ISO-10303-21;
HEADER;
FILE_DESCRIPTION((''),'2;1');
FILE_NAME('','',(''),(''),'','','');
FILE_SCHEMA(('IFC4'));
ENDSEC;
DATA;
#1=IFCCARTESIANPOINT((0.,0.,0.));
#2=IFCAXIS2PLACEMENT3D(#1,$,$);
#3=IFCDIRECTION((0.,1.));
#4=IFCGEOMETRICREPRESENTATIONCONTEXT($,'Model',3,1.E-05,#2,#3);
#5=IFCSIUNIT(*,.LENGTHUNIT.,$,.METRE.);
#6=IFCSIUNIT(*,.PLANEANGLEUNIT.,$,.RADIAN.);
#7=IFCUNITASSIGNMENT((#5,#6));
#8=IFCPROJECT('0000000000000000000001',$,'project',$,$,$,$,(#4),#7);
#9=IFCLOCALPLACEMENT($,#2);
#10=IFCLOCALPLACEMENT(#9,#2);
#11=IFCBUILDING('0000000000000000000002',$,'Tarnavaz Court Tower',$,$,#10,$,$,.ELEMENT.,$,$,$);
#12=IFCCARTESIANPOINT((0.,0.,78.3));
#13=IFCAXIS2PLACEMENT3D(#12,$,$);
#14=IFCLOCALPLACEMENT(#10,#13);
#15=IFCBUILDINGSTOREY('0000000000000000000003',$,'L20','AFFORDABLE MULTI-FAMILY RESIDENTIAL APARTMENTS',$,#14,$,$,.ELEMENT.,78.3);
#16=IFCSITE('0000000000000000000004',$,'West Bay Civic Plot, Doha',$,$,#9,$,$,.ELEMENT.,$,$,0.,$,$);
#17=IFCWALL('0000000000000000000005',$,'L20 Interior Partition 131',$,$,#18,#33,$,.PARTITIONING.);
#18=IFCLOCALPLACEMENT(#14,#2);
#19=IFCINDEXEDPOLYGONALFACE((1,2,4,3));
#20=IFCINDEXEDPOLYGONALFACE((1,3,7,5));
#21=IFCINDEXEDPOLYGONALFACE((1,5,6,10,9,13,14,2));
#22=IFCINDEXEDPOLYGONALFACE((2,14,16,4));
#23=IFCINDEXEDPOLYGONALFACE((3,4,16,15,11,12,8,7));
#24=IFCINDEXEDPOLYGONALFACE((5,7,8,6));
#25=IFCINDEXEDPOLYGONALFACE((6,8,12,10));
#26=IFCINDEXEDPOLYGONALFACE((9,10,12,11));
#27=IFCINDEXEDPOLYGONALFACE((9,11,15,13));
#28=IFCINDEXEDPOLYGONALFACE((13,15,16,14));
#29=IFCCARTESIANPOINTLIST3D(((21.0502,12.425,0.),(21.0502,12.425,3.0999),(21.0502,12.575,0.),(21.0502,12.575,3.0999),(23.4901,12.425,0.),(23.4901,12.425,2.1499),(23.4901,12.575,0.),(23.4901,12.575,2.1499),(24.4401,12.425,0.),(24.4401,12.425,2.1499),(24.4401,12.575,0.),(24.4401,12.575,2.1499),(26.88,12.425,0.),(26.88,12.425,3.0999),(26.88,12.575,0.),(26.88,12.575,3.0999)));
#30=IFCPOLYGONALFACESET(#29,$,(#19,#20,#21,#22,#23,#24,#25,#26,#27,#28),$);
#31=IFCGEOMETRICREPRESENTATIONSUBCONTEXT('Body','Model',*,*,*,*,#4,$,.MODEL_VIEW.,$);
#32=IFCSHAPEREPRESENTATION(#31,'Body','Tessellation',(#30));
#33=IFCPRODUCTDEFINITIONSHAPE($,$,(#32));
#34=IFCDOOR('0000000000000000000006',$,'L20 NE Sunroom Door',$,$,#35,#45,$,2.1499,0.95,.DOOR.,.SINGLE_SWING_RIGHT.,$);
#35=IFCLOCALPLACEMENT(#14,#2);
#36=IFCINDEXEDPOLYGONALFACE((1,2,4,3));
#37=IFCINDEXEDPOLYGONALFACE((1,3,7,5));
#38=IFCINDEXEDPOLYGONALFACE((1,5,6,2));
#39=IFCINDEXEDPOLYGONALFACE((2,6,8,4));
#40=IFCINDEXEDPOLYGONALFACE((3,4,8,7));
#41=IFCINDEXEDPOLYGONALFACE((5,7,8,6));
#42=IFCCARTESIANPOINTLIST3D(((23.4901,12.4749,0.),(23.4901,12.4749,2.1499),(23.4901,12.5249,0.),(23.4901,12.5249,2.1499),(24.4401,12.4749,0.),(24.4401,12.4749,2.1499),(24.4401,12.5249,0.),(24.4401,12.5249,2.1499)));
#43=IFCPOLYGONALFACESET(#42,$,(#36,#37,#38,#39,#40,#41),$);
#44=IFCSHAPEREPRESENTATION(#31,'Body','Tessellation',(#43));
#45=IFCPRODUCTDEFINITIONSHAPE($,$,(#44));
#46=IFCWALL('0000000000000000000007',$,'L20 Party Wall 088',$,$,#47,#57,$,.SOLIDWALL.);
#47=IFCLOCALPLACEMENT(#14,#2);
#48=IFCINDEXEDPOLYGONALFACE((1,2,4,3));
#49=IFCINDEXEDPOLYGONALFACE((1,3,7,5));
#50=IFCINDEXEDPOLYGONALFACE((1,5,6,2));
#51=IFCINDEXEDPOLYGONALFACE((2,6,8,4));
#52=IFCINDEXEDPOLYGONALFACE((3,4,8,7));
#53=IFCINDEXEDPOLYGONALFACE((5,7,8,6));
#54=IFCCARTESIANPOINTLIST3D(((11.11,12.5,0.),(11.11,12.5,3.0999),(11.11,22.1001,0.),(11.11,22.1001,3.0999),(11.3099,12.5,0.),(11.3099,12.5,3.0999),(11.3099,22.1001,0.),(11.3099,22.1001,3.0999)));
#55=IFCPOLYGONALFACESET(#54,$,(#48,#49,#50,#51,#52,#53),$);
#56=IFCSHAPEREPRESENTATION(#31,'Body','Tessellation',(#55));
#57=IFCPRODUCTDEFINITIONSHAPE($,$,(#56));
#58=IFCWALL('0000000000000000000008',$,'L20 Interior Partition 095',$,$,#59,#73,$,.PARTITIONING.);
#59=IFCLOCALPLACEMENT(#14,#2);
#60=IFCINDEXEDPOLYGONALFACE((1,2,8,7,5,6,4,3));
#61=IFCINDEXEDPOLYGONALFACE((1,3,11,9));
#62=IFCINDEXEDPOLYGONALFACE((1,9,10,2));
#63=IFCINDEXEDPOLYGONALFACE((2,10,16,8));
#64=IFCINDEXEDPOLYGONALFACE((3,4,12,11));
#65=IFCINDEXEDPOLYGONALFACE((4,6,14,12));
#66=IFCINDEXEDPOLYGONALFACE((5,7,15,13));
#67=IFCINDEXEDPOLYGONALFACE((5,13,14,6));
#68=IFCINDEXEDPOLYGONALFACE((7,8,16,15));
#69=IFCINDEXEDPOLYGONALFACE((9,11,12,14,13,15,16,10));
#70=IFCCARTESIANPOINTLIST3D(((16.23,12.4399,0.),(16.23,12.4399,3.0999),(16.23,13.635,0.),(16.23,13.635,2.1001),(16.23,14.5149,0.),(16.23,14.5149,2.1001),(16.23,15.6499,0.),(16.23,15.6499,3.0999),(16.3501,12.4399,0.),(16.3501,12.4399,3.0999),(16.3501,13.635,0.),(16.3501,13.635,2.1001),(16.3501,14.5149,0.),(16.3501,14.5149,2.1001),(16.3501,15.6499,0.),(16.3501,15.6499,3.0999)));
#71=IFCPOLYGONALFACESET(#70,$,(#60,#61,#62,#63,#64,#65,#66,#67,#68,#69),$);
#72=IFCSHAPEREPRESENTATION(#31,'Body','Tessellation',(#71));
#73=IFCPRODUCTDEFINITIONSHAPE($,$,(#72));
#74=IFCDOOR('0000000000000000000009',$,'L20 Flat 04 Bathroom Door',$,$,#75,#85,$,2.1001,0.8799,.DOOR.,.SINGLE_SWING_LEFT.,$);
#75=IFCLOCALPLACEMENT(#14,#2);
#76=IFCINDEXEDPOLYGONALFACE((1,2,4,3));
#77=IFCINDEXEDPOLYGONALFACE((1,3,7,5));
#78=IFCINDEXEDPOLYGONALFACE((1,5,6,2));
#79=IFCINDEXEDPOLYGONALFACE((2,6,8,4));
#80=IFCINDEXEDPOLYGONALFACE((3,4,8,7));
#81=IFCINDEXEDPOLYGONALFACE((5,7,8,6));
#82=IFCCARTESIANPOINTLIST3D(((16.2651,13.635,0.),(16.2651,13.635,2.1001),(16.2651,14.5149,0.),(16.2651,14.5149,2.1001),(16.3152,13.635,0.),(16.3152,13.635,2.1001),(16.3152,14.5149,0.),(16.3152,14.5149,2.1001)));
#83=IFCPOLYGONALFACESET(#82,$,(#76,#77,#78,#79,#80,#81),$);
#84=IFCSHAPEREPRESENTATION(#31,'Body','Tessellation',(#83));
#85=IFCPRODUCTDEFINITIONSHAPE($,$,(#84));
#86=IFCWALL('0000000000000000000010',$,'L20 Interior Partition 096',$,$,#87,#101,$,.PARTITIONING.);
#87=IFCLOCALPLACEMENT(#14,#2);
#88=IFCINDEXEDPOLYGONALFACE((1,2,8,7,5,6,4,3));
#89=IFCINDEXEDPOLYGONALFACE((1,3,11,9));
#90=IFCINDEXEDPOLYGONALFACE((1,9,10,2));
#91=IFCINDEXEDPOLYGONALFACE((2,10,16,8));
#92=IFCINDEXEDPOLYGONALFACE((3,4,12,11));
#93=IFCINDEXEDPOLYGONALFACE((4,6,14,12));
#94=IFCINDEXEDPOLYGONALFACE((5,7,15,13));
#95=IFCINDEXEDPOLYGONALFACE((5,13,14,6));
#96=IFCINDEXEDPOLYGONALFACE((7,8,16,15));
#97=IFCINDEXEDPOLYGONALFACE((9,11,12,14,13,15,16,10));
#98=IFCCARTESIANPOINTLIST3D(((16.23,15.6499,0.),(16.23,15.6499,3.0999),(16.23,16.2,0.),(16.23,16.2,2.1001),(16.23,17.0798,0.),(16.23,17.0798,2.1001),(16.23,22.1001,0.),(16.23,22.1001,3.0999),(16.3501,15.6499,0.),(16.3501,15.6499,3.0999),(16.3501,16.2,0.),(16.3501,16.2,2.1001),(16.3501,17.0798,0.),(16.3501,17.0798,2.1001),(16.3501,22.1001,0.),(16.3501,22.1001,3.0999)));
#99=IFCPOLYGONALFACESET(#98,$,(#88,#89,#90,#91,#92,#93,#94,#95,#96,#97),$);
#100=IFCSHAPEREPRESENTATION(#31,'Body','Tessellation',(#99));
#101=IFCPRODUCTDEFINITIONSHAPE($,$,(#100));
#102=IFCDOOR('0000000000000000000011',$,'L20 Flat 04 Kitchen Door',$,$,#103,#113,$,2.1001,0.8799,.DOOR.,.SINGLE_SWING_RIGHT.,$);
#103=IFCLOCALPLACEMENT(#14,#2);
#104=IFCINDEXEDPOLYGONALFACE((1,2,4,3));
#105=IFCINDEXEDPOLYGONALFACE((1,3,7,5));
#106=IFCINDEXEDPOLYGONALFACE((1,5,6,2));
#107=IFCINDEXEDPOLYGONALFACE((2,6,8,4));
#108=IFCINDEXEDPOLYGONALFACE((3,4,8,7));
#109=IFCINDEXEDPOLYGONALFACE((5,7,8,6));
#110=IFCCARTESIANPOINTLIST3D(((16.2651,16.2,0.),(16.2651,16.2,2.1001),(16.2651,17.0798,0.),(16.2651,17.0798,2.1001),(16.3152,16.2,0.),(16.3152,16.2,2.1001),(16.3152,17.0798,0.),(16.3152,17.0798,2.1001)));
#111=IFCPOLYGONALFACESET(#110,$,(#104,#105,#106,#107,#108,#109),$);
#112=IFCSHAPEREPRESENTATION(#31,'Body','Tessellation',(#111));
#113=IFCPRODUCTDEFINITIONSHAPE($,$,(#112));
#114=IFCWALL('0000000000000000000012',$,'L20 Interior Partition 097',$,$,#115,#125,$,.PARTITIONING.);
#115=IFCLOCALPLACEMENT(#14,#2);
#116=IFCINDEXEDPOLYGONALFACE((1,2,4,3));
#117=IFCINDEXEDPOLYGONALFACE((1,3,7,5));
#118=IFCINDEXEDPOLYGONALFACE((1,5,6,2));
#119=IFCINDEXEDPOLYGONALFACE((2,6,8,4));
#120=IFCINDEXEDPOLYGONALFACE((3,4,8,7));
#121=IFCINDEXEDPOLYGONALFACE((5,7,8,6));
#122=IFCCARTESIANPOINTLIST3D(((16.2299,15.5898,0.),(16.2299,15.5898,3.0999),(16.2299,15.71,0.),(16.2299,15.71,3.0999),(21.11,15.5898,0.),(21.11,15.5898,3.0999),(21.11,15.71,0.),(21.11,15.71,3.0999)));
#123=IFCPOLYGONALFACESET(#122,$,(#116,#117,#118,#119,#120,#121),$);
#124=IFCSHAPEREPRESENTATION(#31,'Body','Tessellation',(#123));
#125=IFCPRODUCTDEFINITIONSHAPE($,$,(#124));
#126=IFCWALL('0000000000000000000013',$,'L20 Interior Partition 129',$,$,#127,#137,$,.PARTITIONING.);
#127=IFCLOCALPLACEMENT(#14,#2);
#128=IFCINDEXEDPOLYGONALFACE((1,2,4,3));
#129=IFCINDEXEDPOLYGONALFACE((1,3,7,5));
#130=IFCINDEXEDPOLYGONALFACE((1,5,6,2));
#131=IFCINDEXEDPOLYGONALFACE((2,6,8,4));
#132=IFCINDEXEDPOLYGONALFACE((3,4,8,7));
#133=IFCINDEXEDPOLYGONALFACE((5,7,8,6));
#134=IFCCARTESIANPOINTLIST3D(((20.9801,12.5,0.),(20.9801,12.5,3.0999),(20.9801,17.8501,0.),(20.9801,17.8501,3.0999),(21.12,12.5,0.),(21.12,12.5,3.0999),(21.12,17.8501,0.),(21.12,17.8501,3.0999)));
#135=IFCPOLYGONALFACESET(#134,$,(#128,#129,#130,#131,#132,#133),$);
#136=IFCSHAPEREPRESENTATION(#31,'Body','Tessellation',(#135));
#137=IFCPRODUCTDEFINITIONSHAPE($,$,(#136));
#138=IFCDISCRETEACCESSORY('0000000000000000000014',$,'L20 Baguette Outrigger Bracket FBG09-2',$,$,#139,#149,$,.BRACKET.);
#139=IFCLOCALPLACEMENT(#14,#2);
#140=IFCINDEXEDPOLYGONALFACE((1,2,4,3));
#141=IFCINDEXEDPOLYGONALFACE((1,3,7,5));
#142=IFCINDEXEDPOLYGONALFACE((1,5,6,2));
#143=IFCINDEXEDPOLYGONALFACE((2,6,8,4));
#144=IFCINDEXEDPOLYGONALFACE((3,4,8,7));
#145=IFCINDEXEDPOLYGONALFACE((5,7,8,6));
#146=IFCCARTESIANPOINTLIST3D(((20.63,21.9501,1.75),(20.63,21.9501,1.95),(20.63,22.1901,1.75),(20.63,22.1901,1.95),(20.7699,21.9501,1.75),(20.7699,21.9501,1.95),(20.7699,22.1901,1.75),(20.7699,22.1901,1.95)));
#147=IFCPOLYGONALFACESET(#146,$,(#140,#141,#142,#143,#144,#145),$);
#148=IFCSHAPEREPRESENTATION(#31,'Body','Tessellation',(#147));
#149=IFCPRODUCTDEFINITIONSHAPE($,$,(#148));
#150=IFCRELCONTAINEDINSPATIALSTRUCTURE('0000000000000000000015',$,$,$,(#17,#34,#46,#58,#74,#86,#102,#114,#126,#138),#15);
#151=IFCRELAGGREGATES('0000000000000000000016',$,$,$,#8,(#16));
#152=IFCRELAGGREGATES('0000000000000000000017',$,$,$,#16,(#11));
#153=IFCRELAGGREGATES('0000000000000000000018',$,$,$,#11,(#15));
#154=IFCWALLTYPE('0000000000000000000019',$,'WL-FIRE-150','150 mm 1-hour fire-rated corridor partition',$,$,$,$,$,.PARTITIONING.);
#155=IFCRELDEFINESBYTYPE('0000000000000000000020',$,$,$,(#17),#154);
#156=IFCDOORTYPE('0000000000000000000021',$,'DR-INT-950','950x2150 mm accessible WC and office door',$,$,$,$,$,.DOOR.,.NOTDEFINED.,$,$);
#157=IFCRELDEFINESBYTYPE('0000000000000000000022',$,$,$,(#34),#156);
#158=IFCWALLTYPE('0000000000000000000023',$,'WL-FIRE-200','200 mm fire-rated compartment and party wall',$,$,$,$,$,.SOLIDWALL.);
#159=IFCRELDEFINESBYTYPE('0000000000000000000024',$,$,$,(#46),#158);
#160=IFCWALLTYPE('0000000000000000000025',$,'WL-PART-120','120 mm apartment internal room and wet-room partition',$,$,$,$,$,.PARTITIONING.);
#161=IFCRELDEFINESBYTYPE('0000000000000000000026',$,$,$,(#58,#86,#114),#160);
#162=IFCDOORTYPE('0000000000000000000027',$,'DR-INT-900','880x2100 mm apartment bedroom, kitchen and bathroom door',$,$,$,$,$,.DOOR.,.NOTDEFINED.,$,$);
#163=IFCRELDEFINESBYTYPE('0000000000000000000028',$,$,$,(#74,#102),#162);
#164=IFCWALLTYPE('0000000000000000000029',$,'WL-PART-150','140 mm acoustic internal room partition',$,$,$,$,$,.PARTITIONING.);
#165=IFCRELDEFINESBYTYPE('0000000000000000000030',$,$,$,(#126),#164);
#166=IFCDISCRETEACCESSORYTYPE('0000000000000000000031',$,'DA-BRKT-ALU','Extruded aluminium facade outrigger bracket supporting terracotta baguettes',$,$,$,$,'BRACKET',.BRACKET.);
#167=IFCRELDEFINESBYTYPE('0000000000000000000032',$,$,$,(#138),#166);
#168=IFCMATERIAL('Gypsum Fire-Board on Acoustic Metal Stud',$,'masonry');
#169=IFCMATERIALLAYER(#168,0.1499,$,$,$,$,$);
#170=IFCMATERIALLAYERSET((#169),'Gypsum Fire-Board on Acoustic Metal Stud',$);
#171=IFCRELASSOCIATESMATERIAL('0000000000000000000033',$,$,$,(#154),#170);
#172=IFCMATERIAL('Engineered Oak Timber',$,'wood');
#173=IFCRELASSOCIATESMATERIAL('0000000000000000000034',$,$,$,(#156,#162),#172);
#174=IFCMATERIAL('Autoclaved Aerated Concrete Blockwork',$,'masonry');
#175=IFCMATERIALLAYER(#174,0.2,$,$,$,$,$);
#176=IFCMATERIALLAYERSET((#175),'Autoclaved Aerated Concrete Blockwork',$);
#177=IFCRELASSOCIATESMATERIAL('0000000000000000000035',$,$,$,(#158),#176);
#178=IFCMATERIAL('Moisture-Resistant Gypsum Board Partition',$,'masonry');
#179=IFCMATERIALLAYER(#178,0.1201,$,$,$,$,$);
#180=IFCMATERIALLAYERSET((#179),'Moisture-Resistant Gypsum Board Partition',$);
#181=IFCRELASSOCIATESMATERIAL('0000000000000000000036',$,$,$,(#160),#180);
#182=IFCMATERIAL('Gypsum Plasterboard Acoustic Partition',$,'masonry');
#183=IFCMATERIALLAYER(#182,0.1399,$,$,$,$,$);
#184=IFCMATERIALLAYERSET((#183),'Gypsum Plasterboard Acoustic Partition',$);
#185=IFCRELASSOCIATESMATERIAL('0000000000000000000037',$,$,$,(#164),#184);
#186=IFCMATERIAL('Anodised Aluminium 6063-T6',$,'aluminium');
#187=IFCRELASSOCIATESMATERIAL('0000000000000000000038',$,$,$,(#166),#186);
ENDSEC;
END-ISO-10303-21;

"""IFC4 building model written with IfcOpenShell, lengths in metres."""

from ifc_helpers import new_model, si_unit, direction, frame, frame_2d, origin, origin_2d, place, context, subcontext, project, spatial, rectangle, extrude, material, layer, layer_set, type_object, element, fill, save


model = new_model("IFC4")

# Units and contexts
model_context = context("Model", 3, precision=1e-05, world=origin(), true_north=direction((0.0, 1.0)))
body_context = subcontext(model_context, "Body", "Model", "MODEL_VIEW")
ifc_project = project(units=[si_unit("LENGTHUNIT", "METRE"), si_unit("PLANEANGLEUNIT", "RADIAN")], contexts=[model_context])

# Site, building, storey
site_placement = place(None, origin())
site = spatial("IfcSite", under=ifc_project, at=site_placement, Name="West Bay Civic Plot, Doha", CompositionType="ELEMENT", RefElevation=0.0)
building_placement = place(site_placement, origin())
building = spatial("IfcBuilding", under=site, at=building_placement, Name="Tarnavaz Court Tower", CompositionType="ELEMENT")
storey_placement = place(building_placement, frame((0.0, 0.0, 78.3)))
storey = spatial("IfcBuildingStorey", under=building, at=storey_placement, Name="L20", Description="AFFORDABLE MULTI-FAMILY RESIDENTIAL APARTMENTS", CompositionType="ELEMENT", Elevation=78.3)

# Shared definitions
ifc_material_1 = material(Name="Gypsum Fire-Board on Acoustic Metal Stud", Category="masonry")
ifc_layer_1 = layer(ifc_material_1, 0.1499)
ifc_layer_set_1 = layer_set([ifc_layer_1], Name="Gypsum Fire-Board on Acoustic Metal Stud")
wall_type_1 = type_object("IfcWallType", Name="WL-FIRE-150", Description="150 mm 1-hour fire-rated corridor partition", PredefinedType="PARTITIONING", material=ifc_layer_set_1)

# Wall, opening, door
wall_1_placement = place(storey_placement, frame((21.05, 12.5, 0.0), z_axis=(0.0, 0.0, 1.0), x_axis=(1.0, 0.0, 0.0)))
wall_1 = element("IfcWall", 1, at=wall_1_placement, inside=storey, type_object=wall_type_1, Name="L20 Interior Partition 131", PredefinedType="PARTITIONING", context=body_context, shape_type="SweptSolid", body=[
    extrude(rectangle(XDim=5.8298, YDim=0.1499, at=frame_2d((2.915, 0.0))), origin(), (0.0, 0.0, 1.0), 3.0999),
])
opening_1_placement = place(wall_1_placement, frame((2.4399, 0.0, 0.0)))
opening_1 = element("IfcOpeningElement", 2, at=opening_1_placement, cuts=wall_1, PredefinedType="OPENING", context=body_context, shape_type="SweptSolid", body=[
    extrude(rectangle(XDim=0.95, YDim=2.1499, at=frame_2d((0.4751, 1.075))), frame((0.0, 0.085, 0.0), z_axis=(0.0, -1.0, 0.0), x_axis=(1.0, 0.0, 0.0)), (0.0, 0.0, 1.0), 0.1699),
])
ifc_material_2 = material(Name="Engineered Oak Timber", Category="wood")
door_type_1 = type_object("IfcDoorType", Name="DR-INT-950", Description="950x2150 mm accessible WC and office door", OperationType="NOTDEFINED", PredefinedType="DOOR", material=ifc_material_2)
door_1_placement = place(opening_1_placement, origin())
door_1 = element("IfcDoor", 3, at=door_1_placement, inside=storey, type_object=door_type_1, Name="L20 NE Sunroom Door", OperationType="SINGLE_SWING_RIGHT", OverallHeight=2.1499, OverallWidth=0.95, PredefinedType="DOOR", context=body_context, shape_type="SweptSolid", body=[
    extrude(rectangle(XDim=0.95, YDim=2.1499, at=frame_2d((0.4751, 1.075))), frame((0.0, 0.0249, 0.0), z_axis=(0.0, -1.0, 0.0), x_axis=(1.0, 0.0, 0.0)), (0.0, 0.0, 1.0), 0.05),
])
fill(opening_1, door_1)

# Wall
ifc_material_3 = material(Name="Autoclaved Aerated Concrete Blockwork", Category="masonry")
ifc_layer_2 = layer(ifc_material_3, 0.2)
ifc_layer_set_2 = layer_set([ifc_layer_2], Name="Autoclaved Aerated Concrete Blockwork")
wall_type_2 = type_object("IfcWallType", Name="WL-FIRE-200", Description="200 mm fire-rated compartment and party wall", PredefinedType="SOLIDWALL", material=ifc_layer_set_2)
wall_2_placement = place(storey_placement, frame((11.21, 12.5, 0.0), z_axis=(0.0, 0.0, 1.0), x_axis=(0.0, 1.0, 0.0)))
element("IfcWall", 4, at=wall_2_placement, inside=storey, type_object=wall_type_2, Name="L20 Party Wall 088", PredefinedType="SOLIDWALL", context=body_context, shape_type="SweptSolid", body=[
    extrude(rectangle(XDim=9.6001, YDim=0.2, at=frame_2d((4.8, 0.0))), origin(), (0.0, 0.0, 1.0), 3.0999),
])

# Walls, openings, doors
ifc_material_4 = material(Name="Moisture-Resistant Gypsum Board Partition", Category="masonry")
ifc_layer_3 = layer(ifc_material_4, 0.1201)
ifc_layer_set_3 = layer_set([ifc_layer_3], Name="Moisture-Resistant Gypsum Board Partition")
wall_type_3 = type_object("IfcWallType", Name="WL-PART-120", Description="120 mm apartment internal room and wet-room partition", PredefinedType="PARTITIONING", material=ifc_layer_set_3)
wall_3_placement = place(storey_placement, frame((16.29, 12.4399, 0.0), z_axis=(0.0, 0.0, 1.0), x_axis=(0.0, 1.0, 0.0)))
wall_3 = element("IfcWall", 5, at=wall_3_placement, inside=storey, type_object=wall_type_3, Name="L20 Interior Partition 095", PredefinedType="PARTITIONING", context=body_context, shape_type="SweptSolid", body=[
    extrude(rectangle(XDim=3.21, YDim=0.1201, at=frame_2d((1.605, 0.0))), origin(), (0.0, 0.0, 1.0), 3.0999),
])
opening_2_placement = place(wall_3_placement, frame((1.1951, 0.0, 0.0)))
opening_2 = element("IfcOpeningElement", 6, at=opening_2_placement, cuts=wall_3, PredefinedType="OPENING", context=body_context, shape_type="SweptSolid", body=[
    extrude(rectangle(XDim=0.8799, YDim=2.1001, at=frame_2d((0.4399, 1.05))), frame((0.0, 0.0701, 0.0), z_axis=(0.0, -1.0, 0.0), x_axis=(1.0, 0.0, 0.0)), (0.0, 0.0, 1.0), 0.1401),
])
door_type_2 = type_object("IfcDoorType", Name="DR-INT-900", Description="880x2100 mm apartment bedroom, kitchen and bathroom door", OperationType="NOTDEFINED", PredefinedType="DOOR", material=ifc_material_2)
door_2_placement = place(opening_2_placement, origin())
door_2 = element("IfcDoor", 7, at=door_2_placement, inside=storey, type_object=door_type_2, Name="L20 Flat 04 Bathroom Door", OperationType="SINGLE_SWING_LEFT", OverallHeight=2.1001, OverallWidth=0.8799, PredefinedType="DOOR", context=body_context, shape_type="SweptSolid", body=[
    extrude(rectangle(XDim=0.8799, YDim=2.1001, at=frame_2d((0.4399, 1.05))), frame((0.0, 0.0249, 0.0), z_axis=(0.0, -1.0, 0.0), x_axis=(1.0, 0.0, 0.0)), (0.0, 0.0, 1.0), 0.05),
])
fill(opening_2, door_2)
wall_4_placement = place(storey_placement, frame((16.29, 15.6499, 0.0), z_axis=(0.0, 0.0, 1.0), x_axis=(0.0, 1.0, 0.0)))
wall_4 = element("IfcWall", 8, at=wall_4_placement, inside=storey, type_object=wall_type_3, Name="L20 Interior Partition 096", PredefinedType="PARTITIONING", context=body_context, shape_type="SweptSolid", body=[
    extrude(rectangle(XDim=6.4502, YDim=0.1201, at=frame_2d((3.2251, 0.0))), origin(), (0.0, 0.0, 1.0), 3.0999),
])
opening_3_placement = place(wall_4_placement, frame((0.55, 0.0, 0.0)))
opening_3 = element("IfcOpeningElement", 9, at=opening_3_placement, cuts=wall_4, PredefinedType="OPENING", context=body_context, shape_type="SweptSolid", body=[
    extrude(rectangle(XDim=0.8799, YDim=2.1001, at=frame_2d((0.4399, 1.05))), frame((0.0, 0.0701, 0.0), z_axis=(0.0, -1.0, 0.0), x_axis=(1.0, 0.0, 0.0)), (0.0, 0.0, 1.0), 0.1401),
])
door_3_placement = place(opening_3_placement, origin())
door_3 = element("IfcDoor", 10, at=door_3_placement, inside=storey, type_object=door_type_2, Name="L20 Flat 04 Kitchen Door", OperationType="SINGLE_SWING_RIGHT", OverallHeight=2.1001, OverallWidth=0.8799, PredefinedType="DOOR", context=body_context, shape_type="SweptSolid", body=[
    extrude(rectangle(XDim=0.8799, YDim=2.1001, at=frame_2d((0.4399, 1.05))), frame((0.0, 0.0249, 0.0), z_axis=(0.0, -1.0, 0.0), x_axis=(1.0, 0.0, 0.0)), (0.0, 0.0, 1.0), 0.05),
])
fill(opening_3, door_3)

# Walls
wall_5_placement = place(storey_placement, frame((16.23, 15.6499, 0.0), z_axis=(0.0, 0.0, 1.0), x_axis=(1.0, 0.0, 0.0)))
element("IfcWall", 11, at=wall_5_placement, inside=storey, type_object=wall_type_3, Name="L20 Interior Partition 097", PredefinedType="PARTITIONING", context=body_context, shape_type="SweptSolid", body=[
    extrude(rectangle(XDim=4.8801, YDim=0.1201, at=frame_2d((2.4399, 0.0))), origin(), (0.0, 0.0, 1.0), 3.0999),
])
ifc_material_5 = material(Name="Gypsum Plasterboard Acoustic Partition", Category="masonry")
ifc_layer_4 = layer(ifc_material_5, 0.1399)
ifc_layer_set_4 = layer_set([ifc_layer_4], Name="Gypsum Plasterboard Acoustic Partition")
wall_type_4 = type_object("IfcWallType", Name="WL-PART-150", Description="140 mm acoustic internal room partition", PredefinedType="PARTITIONING", material=ifc_layer_set_4)
wall_6_placement = place(storey_placement, frame((21.05, 12.5, 0.0), z_axis=(0.0, 0.0, 1.0), x_axis=(0.0, 1.0, 0.0)))
element("IfcWall", 12, at=wall_6_placement, inside=storey, type_object=wall_type_4, Name="L20 Interior Partition 129", PredefinedType="PARTITIONING", context=body_context, shape_type="SweptSolid", body=[
    extrude(rectangle(XDim=5.3501, YDim=0.1399, at=frame_2d((2.675, 0.0))), origin(), (0.0, 0.0, 1.0), 3.0999),
])

# Discrete accessory
ifc_material_6 = material(Name="Anodised Aluminium 6063-T6", Category="aluminium")
discrete_accessory_type = type_object("IfcDiscreteAccessoryType", Name="DA-BRKT-ALU", Description="Extruded aluminium facade outrigger bracket supporting terracotta baguettes", ElementType="BRACKET", PredefinedType="BRACKET", material=ifc_material_6)
discrete_accessory_placement = place(storey_placement, frame((20.7, 22.0701, 1.75), z_axis=(0.0, 0.0, 1.0), x_axis=(1.0, 0.0, 0.0)))
element("IfcDiscreteAccessory", 13, at=discrete_accessory_placement, inside=storey, type_object=discrete_accessory_type, Name="L20 Baguette Outrigger Bracket FBG09-2", PredefinedType="BRACKET", context=body_context, shape_type="SweptSolid", body=[
    extrude(rectangle(XDim=0.1399, YDim=0.24, at=origin_2d()), origin(), (0.0, 0.0, 1.0), 0.2),
])

save(model, "model.ifc")
